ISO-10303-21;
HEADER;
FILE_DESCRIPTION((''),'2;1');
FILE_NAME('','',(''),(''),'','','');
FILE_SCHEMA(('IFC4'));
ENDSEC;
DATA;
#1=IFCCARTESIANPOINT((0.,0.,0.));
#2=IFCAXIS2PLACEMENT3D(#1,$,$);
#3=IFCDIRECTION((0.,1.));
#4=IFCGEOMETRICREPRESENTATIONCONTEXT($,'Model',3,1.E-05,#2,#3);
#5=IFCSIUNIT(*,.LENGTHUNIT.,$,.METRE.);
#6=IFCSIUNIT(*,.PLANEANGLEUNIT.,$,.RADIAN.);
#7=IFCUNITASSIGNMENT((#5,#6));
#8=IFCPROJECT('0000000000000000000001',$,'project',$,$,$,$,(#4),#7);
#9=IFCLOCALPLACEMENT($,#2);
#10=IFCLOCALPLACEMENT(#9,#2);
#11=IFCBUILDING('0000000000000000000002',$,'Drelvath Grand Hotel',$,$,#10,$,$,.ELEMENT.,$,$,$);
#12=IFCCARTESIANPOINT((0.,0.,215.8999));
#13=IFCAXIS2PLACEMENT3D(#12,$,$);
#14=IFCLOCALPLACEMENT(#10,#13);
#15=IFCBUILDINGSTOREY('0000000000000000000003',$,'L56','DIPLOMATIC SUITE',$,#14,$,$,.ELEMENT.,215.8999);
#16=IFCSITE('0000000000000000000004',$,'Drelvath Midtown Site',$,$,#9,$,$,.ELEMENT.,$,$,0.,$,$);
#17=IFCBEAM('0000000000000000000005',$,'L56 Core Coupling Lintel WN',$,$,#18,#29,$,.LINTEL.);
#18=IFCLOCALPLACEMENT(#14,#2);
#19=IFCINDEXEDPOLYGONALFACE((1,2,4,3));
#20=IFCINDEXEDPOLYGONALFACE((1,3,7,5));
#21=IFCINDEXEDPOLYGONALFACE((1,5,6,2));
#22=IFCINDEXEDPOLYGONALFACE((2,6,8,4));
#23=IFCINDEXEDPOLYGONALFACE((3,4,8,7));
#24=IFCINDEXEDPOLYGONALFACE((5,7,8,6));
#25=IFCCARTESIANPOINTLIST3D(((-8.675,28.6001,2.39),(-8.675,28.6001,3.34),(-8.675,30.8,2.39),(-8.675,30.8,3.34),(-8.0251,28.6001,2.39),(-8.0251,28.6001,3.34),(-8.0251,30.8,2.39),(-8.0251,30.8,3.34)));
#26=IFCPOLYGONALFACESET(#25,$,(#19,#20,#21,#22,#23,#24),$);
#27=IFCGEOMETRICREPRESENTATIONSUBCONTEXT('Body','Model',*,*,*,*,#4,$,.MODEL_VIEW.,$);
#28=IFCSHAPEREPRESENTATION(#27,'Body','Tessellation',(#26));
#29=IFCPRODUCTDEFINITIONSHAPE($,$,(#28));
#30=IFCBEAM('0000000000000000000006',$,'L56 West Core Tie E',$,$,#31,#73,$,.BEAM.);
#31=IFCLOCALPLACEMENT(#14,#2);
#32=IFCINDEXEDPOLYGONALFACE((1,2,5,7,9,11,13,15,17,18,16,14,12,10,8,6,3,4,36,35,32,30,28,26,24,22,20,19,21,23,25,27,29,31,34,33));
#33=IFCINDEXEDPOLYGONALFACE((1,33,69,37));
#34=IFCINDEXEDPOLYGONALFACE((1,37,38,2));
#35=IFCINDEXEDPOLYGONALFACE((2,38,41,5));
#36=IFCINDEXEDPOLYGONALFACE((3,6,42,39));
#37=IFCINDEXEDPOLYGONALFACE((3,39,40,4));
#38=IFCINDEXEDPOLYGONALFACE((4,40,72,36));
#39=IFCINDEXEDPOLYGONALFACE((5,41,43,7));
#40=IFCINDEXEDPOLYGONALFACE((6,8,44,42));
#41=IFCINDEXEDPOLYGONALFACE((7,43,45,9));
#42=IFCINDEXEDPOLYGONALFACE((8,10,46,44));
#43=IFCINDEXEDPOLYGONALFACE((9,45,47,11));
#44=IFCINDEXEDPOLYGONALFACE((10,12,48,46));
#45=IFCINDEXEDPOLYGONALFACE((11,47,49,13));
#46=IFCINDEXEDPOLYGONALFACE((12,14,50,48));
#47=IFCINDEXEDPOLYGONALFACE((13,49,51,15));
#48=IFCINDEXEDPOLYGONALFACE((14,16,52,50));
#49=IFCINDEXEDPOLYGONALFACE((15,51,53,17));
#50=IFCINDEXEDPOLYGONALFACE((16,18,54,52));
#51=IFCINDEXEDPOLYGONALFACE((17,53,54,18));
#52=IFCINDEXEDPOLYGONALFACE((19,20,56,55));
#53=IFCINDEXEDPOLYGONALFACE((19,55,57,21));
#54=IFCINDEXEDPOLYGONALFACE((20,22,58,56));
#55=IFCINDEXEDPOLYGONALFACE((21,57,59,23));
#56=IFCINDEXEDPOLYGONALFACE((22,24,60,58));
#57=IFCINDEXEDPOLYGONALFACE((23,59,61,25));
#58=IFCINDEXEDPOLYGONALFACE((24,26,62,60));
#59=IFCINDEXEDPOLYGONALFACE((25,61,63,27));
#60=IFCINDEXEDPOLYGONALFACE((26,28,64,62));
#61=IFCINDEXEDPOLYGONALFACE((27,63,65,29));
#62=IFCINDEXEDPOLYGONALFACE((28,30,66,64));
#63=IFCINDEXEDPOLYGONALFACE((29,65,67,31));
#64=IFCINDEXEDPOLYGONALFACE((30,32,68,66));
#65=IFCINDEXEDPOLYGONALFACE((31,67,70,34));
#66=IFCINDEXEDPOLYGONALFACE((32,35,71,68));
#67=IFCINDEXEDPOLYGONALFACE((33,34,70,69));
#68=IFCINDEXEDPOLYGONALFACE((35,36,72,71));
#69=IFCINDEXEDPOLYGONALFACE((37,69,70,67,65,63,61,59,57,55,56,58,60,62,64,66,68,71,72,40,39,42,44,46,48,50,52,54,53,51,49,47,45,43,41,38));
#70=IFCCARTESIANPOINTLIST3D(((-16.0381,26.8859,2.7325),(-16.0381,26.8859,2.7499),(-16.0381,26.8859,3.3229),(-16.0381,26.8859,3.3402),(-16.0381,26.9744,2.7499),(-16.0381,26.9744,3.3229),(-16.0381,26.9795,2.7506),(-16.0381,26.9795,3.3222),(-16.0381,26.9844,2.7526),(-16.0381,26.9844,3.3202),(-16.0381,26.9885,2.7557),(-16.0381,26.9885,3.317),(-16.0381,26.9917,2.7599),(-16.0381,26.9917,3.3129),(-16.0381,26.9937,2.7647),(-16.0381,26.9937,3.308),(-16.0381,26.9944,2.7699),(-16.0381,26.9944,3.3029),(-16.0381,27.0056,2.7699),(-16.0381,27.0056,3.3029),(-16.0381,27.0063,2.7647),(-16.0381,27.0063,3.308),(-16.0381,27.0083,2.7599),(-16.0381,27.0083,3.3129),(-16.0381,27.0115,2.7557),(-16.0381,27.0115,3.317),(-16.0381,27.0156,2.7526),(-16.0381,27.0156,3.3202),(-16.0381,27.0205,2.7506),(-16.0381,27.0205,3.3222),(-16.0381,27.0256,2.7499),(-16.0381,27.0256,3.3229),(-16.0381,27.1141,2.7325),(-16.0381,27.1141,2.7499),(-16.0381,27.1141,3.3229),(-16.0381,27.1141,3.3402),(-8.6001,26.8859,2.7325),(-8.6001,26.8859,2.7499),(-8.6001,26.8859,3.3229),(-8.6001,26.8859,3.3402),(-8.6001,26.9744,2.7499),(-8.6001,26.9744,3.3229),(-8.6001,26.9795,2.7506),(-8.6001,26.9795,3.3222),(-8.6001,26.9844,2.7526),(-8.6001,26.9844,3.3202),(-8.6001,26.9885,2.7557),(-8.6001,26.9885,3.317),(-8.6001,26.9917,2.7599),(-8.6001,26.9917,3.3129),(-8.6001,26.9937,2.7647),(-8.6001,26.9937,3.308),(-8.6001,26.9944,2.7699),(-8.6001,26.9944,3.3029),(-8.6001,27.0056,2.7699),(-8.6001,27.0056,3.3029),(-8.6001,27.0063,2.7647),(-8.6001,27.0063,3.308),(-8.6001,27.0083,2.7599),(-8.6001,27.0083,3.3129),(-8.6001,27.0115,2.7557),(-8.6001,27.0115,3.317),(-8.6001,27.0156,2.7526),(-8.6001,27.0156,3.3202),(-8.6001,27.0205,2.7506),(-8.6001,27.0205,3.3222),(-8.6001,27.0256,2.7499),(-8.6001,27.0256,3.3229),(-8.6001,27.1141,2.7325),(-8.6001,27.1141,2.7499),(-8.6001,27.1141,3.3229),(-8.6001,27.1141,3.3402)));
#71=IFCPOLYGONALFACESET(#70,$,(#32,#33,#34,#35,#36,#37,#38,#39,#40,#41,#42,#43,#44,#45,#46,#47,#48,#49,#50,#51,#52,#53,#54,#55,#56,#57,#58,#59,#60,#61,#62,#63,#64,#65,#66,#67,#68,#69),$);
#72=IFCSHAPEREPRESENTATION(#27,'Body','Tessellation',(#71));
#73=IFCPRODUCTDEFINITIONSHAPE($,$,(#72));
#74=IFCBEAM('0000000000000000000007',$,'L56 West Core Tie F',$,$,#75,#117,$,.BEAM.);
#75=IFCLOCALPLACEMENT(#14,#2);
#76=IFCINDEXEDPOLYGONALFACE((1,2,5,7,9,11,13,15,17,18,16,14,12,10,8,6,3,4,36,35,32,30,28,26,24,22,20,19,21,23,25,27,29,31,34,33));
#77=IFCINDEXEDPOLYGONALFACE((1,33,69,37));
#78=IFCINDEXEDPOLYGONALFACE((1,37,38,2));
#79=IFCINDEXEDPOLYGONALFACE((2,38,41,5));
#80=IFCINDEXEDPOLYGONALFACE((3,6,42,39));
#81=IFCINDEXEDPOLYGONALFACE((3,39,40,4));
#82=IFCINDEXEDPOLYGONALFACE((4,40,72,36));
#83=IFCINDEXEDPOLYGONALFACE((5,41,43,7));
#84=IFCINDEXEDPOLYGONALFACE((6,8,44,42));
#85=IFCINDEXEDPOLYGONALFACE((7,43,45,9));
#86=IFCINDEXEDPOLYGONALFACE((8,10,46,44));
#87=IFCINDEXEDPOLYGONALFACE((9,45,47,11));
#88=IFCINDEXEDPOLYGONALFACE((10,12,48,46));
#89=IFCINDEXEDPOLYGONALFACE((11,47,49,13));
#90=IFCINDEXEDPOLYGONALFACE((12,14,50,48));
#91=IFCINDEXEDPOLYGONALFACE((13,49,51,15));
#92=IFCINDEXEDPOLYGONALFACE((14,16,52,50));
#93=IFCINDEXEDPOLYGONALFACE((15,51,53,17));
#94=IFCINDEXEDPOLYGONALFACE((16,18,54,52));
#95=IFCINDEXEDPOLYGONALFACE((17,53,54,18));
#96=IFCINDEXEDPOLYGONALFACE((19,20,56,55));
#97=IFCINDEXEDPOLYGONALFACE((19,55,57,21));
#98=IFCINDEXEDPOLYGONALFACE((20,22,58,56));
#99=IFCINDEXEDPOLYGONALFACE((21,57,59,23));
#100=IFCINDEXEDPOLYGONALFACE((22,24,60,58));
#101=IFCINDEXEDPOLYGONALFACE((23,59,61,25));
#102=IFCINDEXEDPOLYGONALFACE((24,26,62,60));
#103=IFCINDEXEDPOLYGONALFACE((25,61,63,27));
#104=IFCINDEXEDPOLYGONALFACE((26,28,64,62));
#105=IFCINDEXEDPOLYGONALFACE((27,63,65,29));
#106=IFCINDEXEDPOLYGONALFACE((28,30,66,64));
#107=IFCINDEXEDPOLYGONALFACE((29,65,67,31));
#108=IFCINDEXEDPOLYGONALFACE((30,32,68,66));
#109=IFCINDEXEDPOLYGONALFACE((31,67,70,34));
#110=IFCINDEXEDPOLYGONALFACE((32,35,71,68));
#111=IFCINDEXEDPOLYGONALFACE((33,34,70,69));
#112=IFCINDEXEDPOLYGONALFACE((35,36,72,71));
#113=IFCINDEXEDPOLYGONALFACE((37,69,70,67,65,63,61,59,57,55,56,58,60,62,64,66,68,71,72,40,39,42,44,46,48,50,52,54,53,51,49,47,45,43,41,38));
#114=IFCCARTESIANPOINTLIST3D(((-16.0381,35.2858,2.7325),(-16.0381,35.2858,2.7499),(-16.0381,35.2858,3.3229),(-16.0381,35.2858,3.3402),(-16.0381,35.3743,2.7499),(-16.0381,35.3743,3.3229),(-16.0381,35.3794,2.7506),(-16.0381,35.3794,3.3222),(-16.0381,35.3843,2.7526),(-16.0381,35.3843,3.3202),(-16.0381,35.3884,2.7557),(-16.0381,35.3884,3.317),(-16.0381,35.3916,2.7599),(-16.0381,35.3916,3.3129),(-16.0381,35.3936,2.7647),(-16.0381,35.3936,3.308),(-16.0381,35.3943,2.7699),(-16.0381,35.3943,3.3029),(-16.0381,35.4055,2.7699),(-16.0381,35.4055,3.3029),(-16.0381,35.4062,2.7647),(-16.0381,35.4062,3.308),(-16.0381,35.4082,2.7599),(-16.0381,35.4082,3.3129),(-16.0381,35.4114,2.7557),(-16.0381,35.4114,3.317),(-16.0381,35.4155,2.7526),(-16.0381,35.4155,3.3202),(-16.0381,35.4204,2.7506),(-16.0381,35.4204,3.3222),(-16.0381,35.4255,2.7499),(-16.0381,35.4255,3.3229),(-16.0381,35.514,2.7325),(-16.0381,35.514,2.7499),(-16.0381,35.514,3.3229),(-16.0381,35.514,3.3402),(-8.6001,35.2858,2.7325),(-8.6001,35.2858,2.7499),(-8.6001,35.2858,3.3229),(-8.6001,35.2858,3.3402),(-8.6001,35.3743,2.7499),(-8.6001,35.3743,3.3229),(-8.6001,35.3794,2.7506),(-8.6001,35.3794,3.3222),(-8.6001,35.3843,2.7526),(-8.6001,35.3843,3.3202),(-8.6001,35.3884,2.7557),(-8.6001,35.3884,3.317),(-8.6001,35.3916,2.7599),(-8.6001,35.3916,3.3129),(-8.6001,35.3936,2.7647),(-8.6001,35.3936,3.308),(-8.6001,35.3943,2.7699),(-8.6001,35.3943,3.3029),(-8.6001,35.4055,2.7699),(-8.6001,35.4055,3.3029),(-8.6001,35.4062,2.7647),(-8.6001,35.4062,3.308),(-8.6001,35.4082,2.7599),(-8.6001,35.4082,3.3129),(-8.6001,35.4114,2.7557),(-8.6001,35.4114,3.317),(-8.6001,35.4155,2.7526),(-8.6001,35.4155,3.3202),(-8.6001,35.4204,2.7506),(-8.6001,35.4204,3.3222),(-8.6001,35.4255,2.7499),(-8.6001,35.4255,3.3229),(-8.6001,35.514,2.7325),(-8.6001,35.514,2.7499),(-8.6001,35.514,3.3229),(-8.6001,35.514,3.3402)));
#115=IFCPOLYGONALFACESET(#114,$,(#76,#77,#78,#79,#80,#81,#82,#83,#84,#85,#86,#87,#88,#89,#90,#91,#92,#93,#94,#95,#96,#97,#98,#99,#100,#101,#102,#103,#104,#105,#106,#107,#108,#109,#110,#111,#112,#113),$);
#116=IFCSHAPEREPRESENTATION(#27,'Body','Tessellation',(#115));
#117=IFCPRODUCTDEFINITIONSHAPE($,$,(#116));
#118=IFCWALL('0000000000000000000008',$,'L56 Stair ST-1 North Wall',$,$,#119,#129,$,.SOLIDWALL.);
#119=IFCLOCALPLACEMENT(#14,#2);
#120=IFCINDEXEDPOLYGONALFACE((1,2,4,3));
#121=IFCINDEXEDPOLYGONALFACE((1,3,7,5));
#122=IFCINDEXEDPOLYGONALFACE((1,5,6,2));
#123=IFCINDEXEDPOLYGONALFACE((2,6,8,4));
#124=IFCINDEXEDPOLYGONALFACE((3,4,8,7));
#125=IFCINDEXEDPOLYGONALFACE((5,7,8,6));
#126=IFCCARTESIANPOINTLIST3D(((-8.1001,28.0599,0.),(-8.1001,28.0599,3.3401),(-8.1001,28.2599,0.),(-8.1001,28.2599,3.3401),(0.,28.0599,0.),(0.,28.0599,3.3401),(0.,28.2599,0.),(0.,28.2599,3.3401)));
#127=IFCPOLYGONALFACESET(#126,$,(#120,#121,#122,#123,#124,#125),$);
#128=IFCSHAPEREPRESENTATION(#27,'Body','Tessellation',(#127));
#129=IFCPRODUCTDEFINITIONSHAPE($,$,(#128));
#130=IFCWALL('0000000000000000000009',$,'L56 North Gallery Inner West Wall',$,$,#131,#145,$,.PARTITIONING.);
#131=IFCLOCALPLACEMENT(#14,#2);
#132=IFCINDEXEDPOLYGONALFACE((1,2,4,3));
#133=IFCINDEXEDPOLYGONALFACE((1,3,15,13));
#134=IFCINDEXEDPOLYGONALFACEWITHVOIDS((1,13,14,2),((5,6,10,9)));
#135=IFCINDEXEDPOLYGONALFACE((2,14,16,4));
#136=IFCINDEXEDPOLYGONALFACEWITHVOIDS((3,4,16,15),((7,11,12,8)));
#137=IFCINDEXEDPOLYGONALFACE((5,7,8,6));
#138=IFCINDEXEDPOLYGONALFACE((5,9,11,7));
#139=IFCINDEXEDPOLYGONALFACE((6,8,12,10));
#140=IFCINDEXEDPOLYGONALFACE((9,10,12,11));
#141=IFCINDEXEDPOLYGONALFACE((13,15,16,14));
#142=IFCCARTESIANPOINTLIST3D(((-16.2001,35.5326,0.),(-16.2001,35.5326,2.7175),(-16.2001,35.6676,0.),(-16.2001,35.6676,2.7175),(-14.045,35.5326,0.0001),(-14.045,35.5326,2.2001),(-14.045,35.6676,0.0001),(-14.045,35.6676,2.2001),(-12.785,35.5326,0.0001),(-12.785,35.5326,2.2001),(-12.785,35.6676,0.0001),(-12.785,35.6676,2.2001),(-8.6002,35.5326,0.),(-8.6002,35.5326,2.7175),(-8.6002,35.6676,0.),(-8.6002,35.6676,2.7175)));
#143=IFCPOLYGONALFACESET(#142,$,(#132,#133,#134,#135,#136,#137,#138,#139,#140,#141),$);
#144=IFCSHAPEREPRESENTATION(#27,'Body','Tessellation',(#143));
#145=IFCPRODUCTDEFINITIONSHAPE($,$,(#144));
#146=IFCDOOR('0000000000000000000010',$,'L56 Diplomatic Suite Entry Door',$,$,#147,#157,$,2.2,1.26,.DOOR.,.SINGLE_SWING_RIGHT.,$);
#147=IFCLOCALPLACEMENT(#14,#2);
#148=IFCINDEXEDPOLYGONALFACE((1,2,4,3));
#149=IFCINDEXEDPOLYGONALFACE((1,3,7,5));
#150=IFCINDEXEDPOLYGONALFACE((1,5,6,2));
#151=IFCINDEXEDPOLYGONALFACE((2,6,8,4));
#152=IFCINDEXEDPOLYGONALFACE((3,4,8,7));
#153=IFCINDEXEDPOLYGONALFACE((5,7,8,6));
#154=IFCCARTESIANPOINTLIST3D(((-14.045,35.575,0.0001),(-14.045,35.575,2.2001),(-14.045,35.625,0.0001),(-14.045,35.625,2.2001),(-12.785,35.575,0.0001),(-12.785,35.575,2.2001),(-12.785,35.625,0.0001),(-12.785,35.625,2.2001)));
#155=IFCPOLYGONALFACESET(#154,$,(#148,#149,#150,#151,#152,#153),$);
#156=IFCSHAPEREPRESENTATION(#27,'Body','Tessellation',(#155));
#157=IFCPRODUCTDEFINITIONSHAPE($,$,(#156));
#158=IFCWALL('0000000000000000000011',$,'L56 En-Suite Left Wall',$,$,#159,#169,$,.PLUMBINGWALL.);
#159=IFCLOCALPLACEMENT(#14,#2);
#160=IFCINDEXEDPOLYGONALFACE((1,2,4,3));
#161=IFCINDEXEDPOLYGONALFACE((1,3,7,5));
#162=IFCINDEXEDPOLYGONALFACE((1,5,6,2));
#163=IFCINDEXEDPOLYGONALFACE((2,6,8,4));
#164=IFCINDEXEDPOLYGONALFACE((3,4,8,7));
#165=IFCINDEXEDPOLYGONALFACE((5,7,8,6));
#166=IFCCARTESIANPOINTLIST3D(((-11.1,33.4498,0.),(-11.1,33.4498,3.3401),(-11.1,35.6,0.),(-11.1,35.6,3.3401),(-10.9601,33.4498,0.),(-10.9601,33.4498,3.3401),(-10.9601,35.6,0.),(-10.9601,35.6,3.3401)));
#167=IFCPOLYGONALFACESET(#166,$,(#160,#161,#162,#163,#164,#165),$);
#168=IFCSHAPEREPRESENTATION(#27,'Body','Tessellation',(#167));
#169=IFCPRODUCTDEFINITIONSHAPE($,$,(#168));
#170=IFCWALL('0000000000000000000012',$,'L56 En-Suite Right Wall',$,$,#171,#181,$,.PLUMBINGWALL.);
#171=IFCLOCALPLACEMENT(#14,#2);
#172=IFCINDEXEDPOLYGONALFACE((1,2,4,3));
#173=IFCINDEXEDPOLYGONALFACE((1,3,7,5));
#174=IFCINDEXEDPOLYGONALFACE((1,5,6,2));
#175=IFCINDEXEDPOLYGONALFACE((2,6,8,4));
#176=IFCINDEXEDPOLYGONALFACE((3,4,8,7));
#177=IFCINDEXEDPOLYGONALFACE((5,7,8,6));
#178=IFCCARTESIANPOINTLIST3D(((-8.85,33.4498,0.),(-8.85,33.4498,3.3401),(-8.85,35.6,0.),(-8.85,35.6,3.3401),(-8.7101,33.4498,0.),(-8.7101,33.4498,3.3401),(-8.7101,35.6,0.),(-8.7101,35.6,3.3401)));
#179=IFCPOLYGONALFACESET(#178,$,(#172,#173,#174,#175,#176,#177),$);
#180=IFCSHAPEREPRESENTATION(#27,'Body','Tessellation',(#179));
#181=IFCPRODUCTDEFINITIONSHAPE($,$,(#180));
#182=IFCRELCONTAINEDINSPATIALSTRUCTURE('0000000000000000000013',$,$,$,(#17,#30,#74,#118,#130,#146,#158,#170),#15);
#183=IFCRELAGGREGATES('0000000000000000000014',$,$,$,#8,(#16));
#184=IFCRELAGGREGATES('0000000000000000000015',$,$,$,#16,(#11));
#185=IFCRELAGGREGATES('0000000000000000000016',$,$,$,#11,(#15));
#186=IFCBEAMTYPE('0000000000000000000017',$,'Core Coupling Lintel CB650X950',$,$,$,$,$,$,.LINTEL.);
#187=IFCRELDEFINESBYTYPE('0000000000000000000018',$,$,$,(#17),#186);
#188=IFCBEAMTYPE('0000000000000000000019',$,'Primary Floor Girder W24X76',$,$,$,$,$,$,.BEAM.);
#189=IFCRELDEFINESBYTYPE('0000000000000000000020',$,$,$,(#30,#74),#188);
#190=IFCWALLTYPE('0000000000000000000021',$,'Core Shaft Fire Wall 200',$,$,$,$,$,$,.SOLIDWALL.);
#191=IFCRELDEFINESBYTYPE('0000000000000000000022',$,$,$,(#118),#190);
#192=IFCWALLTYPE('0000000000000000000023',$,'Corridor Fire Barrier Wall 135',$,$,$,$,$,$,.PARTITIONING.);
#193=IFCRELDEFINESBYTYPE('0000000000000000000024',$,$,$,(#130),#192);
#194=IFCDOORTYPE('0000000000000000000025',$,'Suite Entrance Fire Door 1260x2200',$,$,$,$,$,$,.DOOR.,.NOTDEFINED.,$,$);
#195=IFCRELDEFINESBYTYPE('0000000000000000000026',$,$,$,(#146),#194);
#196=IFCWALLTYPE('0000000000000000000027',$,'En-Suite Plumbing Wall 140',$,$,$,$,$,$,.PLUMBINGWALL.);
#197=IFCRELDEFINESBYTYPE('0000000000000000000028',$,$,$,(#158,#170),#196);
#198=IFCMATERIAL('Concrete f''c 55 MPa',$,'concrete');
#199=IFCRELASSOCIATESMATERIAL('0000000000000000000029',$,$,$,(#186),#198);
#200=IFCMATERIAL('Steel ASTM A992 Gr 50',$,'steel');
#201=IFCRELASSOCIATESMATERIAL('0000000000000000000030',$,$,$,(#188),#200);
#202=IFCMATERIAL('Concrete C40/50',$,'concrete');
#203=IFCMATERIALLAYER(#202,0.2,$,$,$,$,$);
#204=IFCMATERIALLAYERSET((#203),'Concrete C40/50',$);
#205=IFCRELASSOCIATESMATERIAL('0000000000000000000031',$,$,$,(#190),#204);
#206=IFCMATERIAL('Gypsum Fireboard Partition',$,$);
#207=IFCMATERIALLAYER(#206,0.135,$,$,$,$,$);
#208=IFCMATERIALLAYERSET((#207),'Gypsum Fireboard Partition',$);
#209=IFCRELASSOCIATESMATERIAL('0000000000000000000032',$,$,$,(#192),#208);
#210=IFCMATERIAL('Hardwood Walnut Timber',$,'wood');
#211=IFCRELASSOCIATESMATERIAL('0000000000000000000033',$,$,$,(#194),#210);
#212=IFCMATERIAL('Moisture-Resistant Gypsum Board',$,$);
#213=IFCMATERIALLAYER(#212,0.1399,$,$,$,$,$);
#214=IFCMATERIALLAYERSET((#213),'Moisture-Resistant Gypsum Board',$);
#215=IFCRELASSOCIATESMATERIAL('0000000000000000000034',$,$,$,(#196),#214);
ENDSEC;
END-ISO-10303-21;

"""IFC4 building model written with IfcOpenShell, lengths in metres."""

from ifc_helpers import new_model, si_unit, direction, frame, frame_2d, origin, origin_2d, place, context, subcontext, project, spatial, rectangle, i_section, extrude, material, layer, layer_set, material_profile, profile_set, type_object, element, fill, save


model = new_model("IFC4")

# Units and contexts
model_context = context("Model", 3, precision=1e-05, world=origin(), true_north=direction((0.0, 1.0)))
body_context = subcontext(model_context, "Body", "Model", "MODEL_VIEW")
ifc_project = project(units=[si_unit("LENGTHUNIT", "METRE"), si_unit("PLANEANGLEUNIT", "RADIAN")], contexts=[model_context])

# Site, building, storey
site_placement = place(None, origin())
site = spatial("IfcSite", under=ifc_project, at=site_placement, Name="Drelvath Midtown Site", CompositionType="ELEMENT", RefElevation=0.0)
building_placement = place(site_placement, origin())
building = spatial("IfcBuilding", under=site, at=building_placement, Name="Drelvath Grand Hotel", CompositionType="ELEMENT")
storey_placement = place(building_placement, frame((0.0, 0.0, 215.8999)))
storey = spatial("IfcBuildingStorey", under=building, at=storey_placement, Name="L56", Description="DIPLOMATIC SUITE", CompositionType="ELEMENT", Elevation=215.8999)

# Beams
ifc_material_1 = material(Name="Concrete f'c 55 MPa", Category="concrete")
ifc_material_profile_1 = material_profile(ifc_material_1, rectangle(XDim=0.6499, YDim=0.95, at=origin_2d()), Name="CB650X950")
ifc_profile_set_1 = profile_set([ifc_material_profile_1], Name="Concrete f'c 55 MPa")
beam_type_1 = type_object("IfcBeamType", Name="Core Coupling Lintel CB650X950", PredefinedType="LINTEL", material=ifc_profile_set_1)
beam_placement = place(storey_placement, frame((-8.3501, 28.6001, 2.865), z_axis=(0.0, 1.0, 0.0), x_axis=(-1.0, 0.0, 0.0)))
element("IfcBeam", 1, at=beam_placement, inside=storey, type_object=beam_type_1, Name="L56 Core Coupling Lintel WN", PredefinedType="LINTEL", context=body_context, shape_type="SweptSolid", body=[
    extrude(rectangle(XDim=0.6499, YDim=0.95, at=origin_2d()), origin(), (0.0, 0.0, 1.0), 2.2),
])
ifc_material_2 = material(Name="Steel ASTM A992 Gr 50", Category="steel")
ifc_material_profile_2 = material_profile(ifc_material_2, i_section(OverallWidth=0.2283, OverallDepth=0.6077, WebThickness=0.0112, FlangeThickness=0.0173, FilletRadius=0.02, at=origin_2d()), Name="W24X76")
ifc_profile_set_2 = profile_set([ifc_material_profile_2], Name="Steel ASTM A992 Gr 50")
beam_type_2 = type_object("IfcBeamType", Name="Primary Floor Girder W24X76", PredefinedType="BEAM", material=ifc_profile_set_2)
for number, where, z_axis, x_axis, name in (
    (2, (-16.0381, 27.0, 3.0364), (1.0, 0.0, 0.0), (0.0, 1.0, 0.0), "L56 West Core Tie E"),
    (3, (-16.0381, 35.3999, 3.0364), (1.0, 0.0, 0.0), (0.0, 1.0, 0.0), "L56 West Core Tie F"),
):
    element("IfcBeam", number, at=place(storey_placement, frame(where, z_axis=z_axis, x_axis=x_axis)), inside=storey, type_object=beam_type_2, Name=name, PredefinedType="BEAM", context=body_context, shape_type="SweptSolid", body=[
        extrude(i_section(OverallWidth=0.2283, OverallDepth=0.6077, WebThickness=0.0112, FlangeThickness=0.0173, FilletRadius=0.02, at=origin_2d()), origin(), (0.0, 0.0, 1.0), 7.438),
    ])

# Wall
ifc_material_3 = material(Name="Concrete C40/50", Category="concrete")
ifc_layer_1 = layer(ifc_material_3, 0.2)
ifc_layer_set_1 = layer_set([ifc_layer_1], Name="Concrete C40/50")
wall_type_1 = type_object("IfcWallType", Name="Core Shaft Fire Wall 200", PredefinedType="SOLIDWALL", material=ifc_layer_set_1)
wall_1_placement = place(storey_placement, frame((-8.1001, 28.1599, 0.0), z_axis=(0.0, 0.0, 1.0), x_axis=(1.0, 0.0, 0.0)))
element("IfcWall", 4, at=wall_1_placement, inside=storey, type_object=wall_type_1, Name="L56 Stair ST-1 North Wall", PredefinedType="SOLIDWALL", context=body_context, shape_type="SweptSolid", body=[
    extrude(rectangle(XDim=8.1001, YDim=0.2, at=frame_2d((4.05, 0.0))), origin(), (0.0, 0.0, 1.0), 3.3401),
])

# Wall, opening, door
ifc_material_4 = material(Name="Gypsum Fireboard Partition")
ifc_layer_2 = layer(ifc_material_4, 0.135)
ifc_layer_set_2 = layer_set([ifc_layer_2], Name="Gypsum Fireboard Partition")
wall_type_2 = type_object("IfcWallType", Name="Corridor Fire Barrier Wall 135", PredefinedType="PARTITIONING", material=ifc_layer_set_2)
wall_2_placement = place(storey_placement, frame((-16.2, 35.6001, 0.0), z_axis=(0.0, 0.0, 1.0), x_axis=(1.0, 0.0, 0.0)))
wall_2 = element("IfcWall", 5, at=wall_2_placement, inside=storey, type_object=wall_type_2, Name="L56 North Gallery Inner West Wall", PredefinedType="PARTITIONING", context=body_context, shape_type="SweptSolid", body=[
    extrude(rectangle(XDim=7.5999, YDim=0.135, at=frame_2d((3.7998, 0.0))), origin(), (0.0, 0.0, 1.0), 2.7175),
])
opening_1_placement = place(wall_2_placement, frame((2.155, 0.0, 0.0)))
opening_1 = element("IfcOpeningElement", 6, at=opening_1_placement, cuts=wall_2, PredefinedType="OPENING", context=body_context, shape_type="SweptSolid", body=[
    extrude(rectangle(XDim=1.26, YDim=2.2, at=frame_2d((0.6299, 1.1001))), frame((0.0, 0.0774, 0.0), z_axis=(0.0, -1.0, 0.0), x_axis=(1.0, 0.0, 0.0)), (0.0, 0.0, 1.0), 0.155),
])
ifc_material_5 = material(Name="Hardwood Walnut Timber", Category="wood")
door_type_1 = type_object("IfcDoorType", Name="Suite Entrance Fire Door 1260x2200", OperationType="NOTDEFINED", PredefinedType="DOOR", material=ifc_material_5)
door_1_placement = place(opening_1_placement, origin())
door_1 = element("IfcDoor", 7, at=door_1_placement, inside=storey, type_object=door_type_1, Name="L56 Diplomatic Suite Entry Door", OperationType="SINGLE_SWING_RIGHT", OverallHeight=2.2, OverallWidth=1.26, PredefinedType="DOOR", context=body_context, shape_type="SweptSolid", body=[
    extrude(rectangle(XDim=1.26, YDim=2.2, at=frame_2d((0.6299, 1.1001))), frame((0.0, 0.0249, 0.0), z_axis=(0.0, -1.0, 0.0), x_axis=(1.0, 0.0, 0.0)), (0.0, 0.0, 1.0), 0.05),
])
fill(opening_1, door_1)

# Walls
ifc_material_6 = material(Name="Moisture-Resistant Gypsum Board")
ifc_layer_3 = layer(ifc_material_6, 0.1399)
ifc_layer_set_3 = layer_set([ifc_layer_3], Name="Moisture-Resistant Gypsum Board")
wall_type_3 = type_object("IfcWallType", Name="En-Suite Plumbing Wall 140", PredefinedType="PLUMBINGWALL", material=ifc_layer_set_3)
for number, where, z_axis, x_axis, name in (
    (8, (-11.03, 35.6001, 0.0), (0.0, 0.0, 1.0), (0.0, -1.0, 0.0), "L56 En-Suite Left Wall"),
    (9, (-8.78, 35.6001, 0.0), (0.0, 0.0, 1.0), (0.0, -1.0, 0.0), "L56 En-Suite Right Wall"),
):
    element("IfcWall", number, at=place(storey_placement, frame(where, z_axis=z_axis, x_axis=x_axis)), inside=storey, type_object=wall_type_3, Name=name, PredefinedType="PLUMBINGWALL", context=body_context, shape_type="SweptSolid", body=[
        extrude(rectangle(XDim=2.1501, YDim=0.1399, at=frame_2d((1.0752, 0.0))), origin(), (0.0, 0.0, 1.0), 3.3401),
    ])

save(model, "model.ifc")
